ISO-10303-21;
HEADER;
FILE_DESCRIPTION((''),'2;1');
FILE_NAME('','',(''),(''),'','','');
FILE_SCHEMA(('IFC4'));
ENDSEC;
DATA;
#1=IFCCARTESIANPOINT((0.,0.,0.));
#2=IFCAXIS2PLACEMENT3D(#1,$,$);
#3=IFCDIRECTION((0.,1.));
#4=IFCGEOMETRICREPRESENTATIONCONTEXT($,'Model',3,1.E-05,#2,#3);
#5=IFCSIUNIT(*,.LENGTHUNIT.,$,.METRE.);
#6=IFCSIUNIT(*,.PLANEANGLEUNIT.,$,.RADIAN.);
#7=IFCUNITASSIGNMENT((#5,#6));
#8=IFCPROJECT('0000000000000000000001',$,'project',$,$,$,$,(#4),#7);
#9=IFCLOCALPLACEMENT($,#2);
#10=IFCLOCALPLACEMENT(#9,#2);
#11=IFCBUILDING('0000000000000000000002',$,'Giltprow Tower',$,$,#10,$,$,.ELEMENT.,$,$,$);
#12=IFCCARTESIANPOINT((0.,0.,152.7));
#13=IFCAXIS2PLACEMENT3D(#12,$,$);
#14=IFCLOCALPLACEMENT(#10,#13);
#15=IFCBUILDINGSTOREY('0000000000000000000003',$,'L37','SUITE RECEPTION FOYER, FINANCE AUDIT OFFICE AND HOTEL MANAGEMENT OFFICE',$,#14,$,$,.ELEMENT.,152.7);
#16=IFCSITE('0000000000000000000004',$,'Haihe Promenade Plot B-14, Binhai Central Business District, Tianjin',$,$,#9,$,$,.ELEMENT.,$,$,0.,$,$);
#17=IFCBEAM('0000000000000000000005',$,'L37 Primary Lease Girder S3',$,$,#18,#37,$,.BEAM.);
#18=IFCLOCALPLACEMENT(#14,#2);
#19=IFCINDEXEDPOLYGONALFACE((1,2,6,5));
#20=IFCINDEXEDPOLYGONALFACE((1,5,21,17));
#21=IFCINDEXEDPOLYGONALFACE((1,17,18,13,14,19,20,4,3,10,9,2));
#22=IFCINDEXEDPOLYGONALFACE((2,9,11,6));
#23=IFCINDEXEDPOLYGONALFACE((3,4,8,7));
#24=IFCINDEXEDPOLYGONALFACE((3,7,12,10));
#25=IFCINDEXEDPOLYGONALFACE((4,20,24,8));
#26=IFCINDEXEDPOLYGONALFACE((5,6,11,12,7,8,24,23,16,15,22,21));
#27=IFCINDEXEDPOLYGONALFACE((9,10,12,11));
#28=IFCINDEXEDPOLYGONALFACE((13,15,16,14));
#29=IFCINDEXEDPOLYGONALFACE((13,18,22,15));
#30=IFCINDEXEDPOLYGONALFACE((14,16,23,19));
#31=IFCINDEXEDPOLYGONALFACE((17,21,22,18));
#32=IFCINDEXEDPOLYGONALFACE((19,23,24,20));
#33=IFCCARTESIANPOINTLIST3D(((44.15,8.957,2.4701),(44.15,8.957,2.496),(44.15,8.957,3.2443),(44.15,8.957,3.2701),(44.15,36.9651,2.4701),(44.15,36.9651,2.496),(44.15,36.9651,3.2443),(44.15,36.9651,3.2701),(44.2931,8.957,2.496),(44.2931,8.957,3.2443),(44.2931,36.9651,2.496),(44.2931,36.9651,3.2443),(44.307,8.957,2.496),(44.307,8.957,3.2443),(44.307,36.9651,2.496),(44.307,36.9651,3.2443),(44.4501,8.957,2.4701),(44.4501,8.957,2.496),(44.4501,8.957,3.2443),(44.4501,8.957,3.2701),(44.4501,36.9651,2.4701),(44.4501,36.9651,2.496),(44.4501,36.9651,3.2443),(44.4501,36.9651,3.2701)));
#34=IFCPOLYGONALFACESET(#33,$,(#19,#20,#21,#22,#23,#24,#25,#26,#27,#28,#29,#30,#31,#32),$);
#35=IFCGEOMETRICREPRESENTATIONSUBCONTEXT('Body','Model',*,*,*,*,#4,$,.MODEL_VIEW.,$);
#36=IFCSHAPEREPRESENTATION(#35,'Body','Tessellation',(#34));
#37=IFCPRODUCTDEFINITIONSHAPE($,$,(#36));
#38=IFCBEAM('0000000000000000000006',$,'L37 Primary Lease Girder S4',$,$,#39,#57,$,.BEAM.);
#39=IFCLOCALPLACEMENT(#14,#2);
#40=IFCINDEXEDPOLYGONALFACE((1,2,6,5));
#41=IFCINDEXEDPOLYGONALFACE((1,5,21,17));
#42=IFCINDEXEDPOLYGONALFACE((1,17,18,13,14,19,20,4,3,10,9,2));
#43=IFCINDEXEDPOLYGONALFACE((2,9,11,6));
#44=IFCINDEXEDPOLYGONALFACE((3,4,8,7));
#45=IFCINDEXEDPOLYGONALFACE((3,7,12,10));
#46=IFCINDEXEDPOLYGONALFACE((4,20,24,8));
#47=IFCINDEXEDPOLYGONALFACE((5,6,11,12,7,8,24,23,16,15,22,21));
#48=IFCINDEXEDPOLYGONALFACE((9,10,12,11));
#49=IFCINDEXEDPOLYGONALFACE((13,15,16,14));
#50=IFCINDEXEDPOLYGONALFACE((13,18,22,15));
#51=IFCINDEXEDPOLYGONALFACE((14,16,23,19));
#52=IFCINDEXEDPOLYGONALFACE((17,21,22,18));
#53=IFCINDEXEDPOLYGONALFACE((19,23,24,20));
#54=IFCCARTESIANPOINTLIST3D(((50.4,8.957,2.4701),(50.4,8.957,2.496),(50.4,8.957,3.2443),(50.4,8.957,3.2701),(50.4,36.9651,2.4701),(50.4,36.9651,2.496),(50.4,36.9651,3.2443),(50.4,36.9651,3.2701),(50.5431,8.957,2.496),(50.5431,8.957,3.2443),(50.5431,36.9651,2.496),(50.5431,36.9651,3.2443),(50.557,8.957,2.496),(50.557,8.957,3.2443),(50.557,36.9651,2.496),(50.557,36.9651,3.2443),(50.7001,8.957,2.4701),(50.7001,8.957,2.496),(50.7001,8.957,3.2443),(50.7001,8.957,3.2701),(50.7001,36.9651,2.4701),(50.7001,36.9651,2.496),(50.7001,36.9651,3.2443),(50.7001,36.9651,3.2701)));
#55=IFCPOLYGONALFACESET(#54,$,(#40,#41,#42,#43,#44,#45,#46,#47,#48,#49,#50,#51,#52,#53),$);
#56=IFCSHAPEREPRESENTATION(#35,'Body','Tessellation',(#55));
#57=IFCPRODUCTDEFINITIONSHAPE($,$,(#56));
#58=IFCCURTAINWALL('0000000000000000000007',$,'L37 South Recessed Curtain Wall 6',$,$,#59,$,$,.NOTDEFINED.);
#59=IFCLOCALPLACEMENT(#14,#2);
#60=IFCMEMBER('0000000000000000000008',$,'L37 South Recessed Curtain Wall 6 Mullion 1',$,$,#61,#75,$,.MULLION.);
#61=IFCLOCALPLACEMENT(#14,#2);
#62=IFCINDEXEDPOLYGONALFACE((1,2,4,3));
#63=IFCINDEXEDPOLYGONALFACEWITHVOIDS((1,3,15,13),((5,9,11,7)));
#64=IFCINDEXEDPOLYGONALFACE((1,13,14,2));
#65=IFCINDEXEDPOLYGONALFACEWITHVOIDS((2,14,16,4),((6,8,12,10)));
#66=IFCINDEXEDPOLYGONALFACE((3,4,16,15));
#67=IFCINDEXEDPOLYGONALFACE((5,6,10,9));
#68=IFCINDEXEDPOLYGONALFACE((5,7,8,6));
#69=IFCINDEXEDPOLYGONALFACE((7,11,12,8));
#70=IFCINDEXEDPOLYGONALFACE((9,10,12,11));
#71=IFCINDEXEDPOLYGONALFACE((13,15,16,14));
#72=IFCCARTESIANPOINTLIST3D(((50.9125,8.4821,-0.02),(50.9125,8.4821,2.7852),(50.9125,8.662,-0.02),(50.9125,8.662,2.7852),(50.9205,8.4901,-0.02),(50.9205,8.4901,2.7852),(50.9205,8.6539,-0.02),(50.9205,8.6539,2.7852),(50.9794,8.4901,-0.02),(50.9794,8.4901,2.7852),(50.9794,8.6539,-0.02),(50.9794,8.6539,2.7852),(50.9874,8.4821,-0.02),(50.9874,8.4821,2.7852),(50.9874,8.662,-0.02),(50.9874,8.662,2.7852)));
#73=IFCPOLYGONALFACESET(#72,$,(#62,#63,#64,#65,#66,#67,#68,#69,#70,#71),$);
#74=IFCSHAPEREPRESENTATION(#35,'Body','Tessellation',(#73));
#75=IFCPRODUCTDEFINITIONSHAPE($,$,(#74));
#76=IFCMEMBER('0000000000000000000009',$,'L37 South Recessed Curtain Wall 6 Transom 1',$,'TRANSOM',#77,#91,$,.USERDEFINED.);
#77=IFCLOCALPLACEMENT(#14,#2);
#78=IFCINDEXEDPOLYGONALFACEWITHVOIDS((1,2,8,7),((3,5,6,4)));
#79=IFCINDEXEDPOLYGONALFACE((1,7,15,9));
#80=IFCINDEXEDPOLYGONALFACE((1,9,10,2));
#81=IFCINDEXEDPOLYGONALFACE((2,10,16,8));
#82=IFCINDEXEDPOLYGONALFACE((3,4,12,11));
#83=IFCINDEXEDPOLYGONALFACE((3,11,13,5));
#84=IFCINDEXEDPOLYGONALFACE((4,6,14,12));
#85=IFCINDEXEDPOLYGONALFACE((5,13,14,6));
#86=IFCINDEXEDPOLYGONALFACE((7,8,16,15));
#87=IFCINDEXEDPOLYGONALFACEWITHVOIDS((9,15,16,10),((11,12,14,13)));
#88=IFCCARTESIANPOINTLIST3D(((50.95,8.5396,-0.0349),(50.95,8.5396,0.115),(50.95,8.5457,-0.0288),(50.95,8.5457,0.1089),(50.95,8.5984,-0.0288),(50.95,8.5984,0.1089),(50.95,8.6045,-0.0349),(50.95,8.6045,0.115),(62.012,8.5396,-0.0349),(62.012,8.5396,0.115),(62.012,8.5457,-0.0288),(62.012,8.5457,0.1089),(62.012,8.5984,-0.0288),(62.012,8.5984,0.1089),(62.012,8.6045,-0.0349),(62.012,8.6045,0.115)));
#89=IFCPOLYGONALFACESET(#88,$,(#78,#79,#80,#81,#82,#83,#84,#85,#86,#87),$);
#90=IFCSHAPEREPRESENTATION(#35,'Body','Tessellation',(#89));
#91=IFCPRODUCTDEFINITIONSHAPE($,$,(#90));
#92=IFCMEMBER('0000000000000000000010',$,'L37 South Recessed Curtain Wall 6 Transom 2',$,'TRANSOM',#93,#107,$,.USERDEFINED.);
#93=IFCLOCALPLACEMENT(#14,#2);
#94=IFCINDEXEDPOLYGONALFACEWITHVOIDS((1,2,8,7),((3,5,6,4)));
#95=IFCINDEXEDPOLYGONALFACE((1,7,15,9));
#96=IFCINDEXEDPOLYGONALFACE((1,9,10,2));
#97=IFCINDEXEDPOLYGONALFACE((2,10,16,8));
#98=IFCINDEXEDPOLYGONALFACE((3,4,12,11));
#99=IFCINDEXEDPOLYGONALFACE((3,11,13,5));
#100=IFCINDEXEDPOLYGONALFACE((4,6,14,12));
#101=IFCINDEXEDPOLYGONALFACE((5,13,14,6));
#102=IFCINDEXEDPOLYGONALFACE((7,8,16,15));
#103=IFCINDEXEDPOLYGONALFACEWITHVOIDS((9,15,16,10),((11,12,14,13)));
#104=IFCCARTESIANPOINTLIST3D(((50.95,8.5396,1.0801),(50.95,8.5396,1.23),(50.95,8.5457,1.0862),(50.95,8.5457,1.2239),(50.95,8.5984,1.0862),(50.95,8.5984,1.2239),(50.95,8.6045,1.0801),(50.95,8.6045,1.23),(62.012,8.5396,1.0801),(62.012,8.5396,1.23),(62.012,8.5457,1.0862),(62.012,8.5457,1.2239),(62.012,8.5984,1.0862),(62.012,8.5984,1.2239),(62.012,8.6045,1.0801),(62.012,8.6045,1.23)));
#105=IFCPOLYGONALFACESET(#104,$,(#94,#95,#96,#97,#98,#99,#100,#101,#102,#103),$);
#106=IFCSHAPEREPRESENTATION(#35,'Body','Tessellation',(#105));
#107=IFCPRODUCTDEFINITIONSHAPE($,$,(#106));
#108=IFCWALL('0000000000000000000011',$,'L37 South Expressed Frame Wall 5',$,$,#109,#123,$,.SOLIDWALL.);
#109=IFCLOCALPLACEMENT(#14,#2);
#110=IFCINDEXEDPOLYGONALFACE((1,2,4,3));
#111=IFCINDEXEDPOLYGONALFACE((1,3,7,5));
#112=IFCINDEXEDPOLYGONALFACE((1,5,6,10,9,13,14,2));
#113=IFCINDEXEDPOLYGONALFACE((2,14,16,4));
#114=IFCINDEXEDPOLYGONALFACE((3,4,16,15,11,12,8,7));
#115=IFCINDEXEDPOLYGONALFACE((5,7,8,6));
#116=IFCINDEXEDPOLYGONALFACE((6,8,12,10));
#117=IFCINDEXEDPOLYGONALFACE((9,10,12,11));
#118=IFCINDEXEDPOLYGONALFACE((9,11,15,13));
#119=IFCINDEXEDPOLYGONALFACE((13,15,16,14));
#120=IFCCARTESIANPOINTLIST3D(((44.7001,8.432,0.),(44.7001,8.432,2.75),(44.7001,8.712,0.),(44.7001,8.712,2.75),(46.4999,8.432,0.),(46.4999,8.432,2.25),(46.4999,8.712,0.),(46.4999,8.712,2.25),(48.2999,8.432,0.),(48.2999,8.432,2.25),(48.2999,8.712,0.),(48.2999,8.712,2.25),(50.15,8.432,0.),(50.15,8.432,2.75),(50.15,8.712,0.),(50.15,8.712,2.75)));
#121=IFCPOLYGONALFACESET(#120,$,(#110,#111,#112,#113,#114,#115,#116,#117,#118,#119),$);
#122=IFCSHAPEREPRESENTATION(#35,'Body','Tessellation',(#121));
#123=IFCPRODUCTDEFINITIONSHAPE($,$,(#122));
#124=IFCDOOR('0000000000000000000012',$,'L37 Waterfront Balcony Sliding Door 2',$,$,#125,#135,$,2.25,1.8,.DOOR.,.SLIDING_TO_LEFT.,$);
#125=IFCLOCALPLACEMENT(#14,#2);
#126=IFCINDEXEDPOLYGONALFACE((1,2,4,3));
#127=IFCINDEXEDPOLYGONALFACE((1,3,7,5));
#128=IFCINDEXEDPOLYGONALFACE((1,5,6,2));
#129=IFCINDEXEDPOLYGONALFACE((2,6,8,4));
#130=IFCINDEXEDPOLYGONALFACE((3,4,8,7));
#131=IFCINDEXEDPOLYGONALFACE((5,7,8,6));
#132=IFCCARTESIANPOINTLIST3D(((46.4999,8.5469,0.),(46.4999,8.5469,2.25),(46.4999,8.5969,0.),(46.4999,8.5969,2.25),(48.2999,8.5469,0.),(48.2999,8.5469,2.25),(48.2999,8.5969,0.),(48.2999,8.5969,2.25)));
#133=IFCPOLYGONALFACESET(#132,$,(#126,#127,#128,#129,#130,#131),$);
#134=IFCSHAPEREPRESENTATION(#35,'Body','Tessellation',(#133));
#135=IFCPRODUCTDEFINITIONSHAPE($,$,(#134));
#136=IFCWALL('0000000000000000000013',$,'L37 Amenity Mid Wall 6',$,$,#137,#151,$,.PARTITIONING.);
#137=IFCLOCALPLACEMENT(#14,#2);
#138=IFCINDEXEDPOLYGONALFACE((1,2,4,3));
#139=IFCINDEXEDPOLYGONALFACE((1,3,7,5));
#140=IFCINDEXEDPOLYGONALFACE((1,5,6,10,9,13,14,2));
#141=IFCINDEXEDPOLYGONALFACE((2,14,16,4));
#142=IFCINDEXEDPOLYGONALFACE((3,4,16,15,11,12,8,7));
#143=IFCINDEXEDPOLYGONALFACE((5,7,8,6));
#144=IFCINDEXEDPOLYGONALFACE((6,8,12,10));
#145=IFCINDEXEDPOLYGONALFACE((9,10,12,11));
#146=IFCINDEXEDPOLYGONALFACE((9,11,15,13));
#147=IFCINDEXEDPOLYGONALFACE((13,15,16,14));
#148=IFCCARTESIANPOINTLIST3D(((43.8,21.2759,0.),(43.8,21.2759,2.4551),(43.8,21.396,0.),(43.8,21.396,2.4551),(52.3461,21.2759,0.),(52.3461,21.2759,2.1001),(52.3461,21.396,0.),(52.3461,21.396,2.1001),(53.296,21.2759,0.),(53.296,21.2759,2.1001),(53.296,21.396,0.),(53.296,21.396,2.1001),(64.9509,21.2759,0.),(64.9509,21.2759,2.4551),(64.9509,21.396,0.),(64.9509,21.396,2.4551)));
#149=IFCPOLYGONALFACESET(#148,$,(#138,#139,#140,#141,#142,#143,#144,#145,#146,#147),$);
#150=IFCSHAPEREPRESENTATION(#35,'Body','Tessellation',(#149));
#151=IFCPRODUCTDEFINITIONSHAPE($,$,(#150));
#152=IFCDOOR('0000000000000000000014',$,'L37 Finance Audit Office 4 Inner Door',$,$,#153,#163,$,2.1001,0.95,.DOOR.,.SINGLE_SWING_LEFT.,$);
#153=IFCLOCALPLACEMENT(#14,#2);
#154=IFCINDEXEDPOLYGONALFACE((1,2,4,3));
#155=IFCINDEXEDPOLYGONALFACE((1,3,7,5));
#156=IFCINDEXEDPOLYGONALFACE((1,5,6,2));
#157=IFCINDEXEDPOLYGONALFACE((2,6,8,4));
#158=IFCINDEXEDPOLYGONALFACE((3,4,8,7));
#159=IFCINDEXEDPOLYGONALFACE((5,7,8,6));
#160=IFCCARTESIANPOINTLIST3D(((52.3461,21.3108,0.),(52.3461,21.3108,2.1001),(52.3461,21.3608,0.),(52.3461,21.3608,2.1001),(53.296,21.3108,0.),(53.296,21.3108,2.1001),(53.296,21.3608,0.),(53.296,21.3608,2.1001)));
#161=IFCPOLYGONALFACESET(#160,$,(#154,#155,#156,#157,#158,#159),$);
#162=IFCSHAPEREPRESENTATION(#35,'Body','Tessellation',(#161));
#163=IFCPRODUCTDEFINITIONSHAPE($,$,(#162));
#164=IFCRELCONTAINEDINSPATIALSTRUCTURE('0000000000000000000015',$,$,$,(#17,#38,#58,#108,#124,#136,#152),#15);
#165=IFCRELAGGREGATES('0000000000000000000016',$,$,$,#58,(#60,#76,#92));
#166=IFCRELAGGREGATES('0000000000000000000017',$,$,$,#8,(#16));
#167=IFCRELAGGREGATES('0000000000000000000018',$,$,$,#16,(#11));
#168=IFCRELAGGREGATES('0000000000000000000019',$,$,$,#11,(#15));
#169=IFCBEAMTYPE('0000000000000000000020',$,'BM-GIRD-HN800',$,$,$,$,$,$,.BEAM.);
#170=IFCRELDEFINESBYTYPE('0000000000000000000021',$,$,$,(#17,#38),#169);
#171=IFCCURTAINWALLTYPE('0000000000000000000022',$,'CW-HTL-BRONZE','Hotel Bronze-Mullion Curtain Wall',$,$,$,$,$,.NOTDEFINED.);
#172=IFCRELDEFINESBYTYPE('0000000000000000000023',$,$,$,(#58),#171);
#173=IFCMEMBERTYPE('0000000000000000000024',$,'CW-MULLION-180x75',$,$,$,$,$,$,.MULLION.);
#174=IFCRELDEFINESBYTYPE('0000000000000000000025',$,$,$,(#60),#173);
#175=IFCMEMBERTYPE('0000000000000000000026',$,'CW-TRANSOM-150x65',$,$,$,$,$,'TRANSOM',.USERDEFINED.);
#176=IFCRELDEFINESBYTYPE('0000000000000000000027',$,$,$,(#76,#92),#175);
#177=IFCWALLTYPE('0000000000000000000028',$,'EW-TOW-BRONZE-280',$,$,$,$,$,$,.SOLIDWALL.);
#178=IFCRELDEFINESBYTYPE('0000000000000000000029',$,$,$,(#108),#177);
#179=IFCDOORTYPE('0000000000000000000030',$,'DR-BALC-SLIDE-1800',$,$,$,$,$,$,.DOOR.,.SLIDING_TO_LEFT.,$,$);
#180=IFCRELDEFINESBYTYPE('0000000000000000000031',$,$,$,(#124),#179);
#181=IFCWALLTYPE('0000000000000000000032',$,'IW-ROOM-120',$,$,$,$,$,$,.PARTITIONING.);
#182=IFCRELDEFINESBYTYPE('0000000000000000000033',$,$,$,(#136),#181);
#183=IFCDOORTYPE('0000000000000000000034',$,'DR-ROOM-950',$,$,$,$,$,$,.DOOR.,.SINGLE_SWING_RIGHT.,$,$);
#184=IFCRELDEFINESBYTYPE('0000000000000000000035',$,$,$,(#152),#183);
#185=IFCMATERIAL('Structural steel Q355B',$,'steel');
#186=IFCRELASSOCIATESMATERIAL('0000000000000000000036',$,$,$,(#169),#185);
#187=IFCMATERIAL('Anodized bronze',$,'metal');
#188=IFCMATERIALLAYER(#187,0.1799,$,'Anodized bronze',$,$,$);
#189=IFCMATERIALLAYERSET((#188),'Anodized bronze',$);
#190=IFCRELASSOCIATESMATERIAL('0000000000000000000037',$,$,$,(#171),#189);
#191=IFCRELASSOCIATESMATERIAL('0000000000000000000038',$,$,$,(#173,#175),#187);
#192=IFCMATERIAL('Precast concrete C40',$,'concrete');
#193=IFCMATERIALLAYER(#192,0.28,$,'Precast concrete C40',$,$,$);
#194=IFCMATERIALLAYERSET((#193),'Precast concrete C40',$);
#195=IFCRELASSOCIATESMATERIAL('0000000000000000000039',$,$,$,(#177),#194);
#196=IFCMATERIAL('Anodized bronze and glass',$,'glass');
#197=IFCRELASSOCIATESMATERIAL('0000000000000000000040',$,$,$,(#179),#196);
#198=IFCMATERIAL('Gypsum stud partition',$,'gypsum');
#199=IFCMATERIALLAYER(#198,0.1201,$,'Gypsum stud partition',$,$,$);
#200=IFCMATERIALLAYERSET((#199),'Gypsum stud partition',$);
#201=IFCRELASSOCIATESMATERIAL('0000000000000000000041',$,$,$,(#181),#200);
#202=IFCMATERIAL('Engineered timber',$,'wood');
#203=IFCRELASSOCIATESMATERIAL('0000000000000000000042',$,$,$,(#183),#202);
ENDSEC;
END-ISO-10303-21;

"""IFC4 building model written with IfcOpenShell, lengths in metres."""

from ifc_helpers import new_model, si_unit, direction, frame, frame_2d, origin, origin_2d, place, context, subcontext, project, spatial, rectangle, hollow_rectangle, i_section, extrude, source, transform, mapped, material, layer, layer_set, material_profile, profile_set, type_object, element, fill, aggregate, save


model = new_model("IFC4")

# Units and contexts
model_context = context("Model", 3, precision=1e-05, world=origin(), true_north=direction((0.0, 1.0)))
body_context = subcontext(model_context, "Body", "Model", "MODEL_VIEW")
ifc_project = project(units=[si_unit("LENGTHUNIT", "METRE"), si_unit("PLANEANGLEUNIT", "RADIAN")], contexts=[model_context])

# Site, building, storey
site_placement = place(None, origin())
site = spatial("IfcSite", under=ifc_project, at=site_placement, Name="Haihe Promenade Plot B-14, Binhai Central Business District, Tianjin", CompositionType="ELEMENT", RefElevation=0.0)
building_placement = place(site_placement, origin())
building = spatial("IfcBuilding", under=site, at=building_placement, Name="Giltprow Tower", CompositionType="ELEMENT")
storey_placement = place(building_placement, frame((0.0, 0.0, 152.7)))
storey = spatial("IfcBuildingStorey", under=building, at=storey_placement, Name="L37", Description="SUITE RECEPTION FOYER, FINANCE AUDIT OFFICE AND HOTEL MANAGEMENT OFFICE", CompositionType="ELEMENT", Elevation=152.7)

# Beams
ifc_material_1 = material(Name="Structural steel Q355B", Category="steel")
ifc_material_profile_1 = material_profile(ifc_material_1, i_section(OverallWidth=0.3, OverallDepth=0.8, WebThickness=0.0139, FlangeThickness=0.0259, at=origin_2d()), Name="HN 800x300x14x26")
ifc_profile_set_1 = profile_set([ifc_material_profile_1], Name="Structural steel Q355B")
beam_type_1 = type_object("IfcBeamType", Name="BM-GIRD-HN800", PredefinedType="BEAM", material=ifc_profile_set_1)
shared_shape_1 = source(origin(), body_context, "Body", "SweptSolid", [
    extrude(i_section(OverallWidth=0.3, OverallDepth=0.8, WebThickness=0.0139, FlangeThickness=0.0259, at=origin_2d()), origin(), (0.0, 0.0, 1.0), 28.0081),
])
for number, where, z_axis, x_axis, name in (
    (1, (44.3, 8.957, 2.8701), (0.0, 1.0, 0.0), (-1.0, 0.0, 0.0), "L37 Primary Lease Girder S3"),
    (2, (50.55, 8.957, 2.8701), (0.0, 1.0, 0.0), (-1.0, 0.0, 0.0), "L37 Primary Lease Girder S4"),
):
    element("IfcBeam", number, at=place(storey_placement, frame(where, z_axis=z_axis, x_axis=x_axis)), inside=storey, type_object=beam_type_1, Name=name, PredefinedType="BEAM", context=body_context, shape_type="MappedRepresentation", body=[
        mapped(shared_shape_1, transform((0.0, 0.0, 0.0), x_axis=(1.0, 0.0, 0.0), y_axis=(0.0, 1.0, 0.0), z_axis=(0.0, 0.0, 1.0), scale=1.0)),
    ])

# Curtain wall, members
ifc_material_2 = material(Name="Anodized bronze", Category="metal")
ifc_layer_1 = layer(ifc_material_2, 0.1799, Name="Anodized bronze")
ifc_layer_set_1 = layer_set([ifc_layer_1], Name="Anodized bronze")
curtain_wall_type = type_object("IfcCurtainWallType", Name="CW-HTL-BRONZE", Description="Hotel Bronze-Mullion Curtain Wall", PredefinedType="NOTDEFINED", material=ifc_layer_set_1)
curtain_wall_placement = place(storey_placement, origin())
curtain_wall = element("IfcCurtainWall", 3, at=curtain_wall_placement, inside=storey, type_object=curtain_wall_type, Name="L37 South Recessed Curtain Wall 6", PredefinedType="NOTDEFINED")
ifc_material_profile_2 = material_profile(ifc_material_2, hollow_rectangle(XDim=0.075, YDim=0.1799, WallThickness=0.0081, at=origin_2d()), Name="RHS 180x75x8")
ifc_profile_set_2 = profile_set([ifc_material_profile_2], Name="Anodized bronze")
member_type_1 = type_object("IfcMemberType", Name="CW-MULLION-180x75", PredefinedType="MULLION", material=ifc_profile_set_2)
shared_shape_2 = source(origin(), body_context, "Body", "SweptSolid", [
    extrude(hollow_rectangle(XDim=0.075, YDim=0.1799, WallThickness=0.0081, at=origin_2d()), origin(), (0.0, 0.0, 1.0), 2.8052),
])
member_1_placement = place(storey_placement, frame((50.95, 8.572, -0.02), z_axis=(0.0, 0.0, 1.0), x_axis=(1.0, 0.0, 0.0)))
member_1 = element("IfcMember", 4, at=member_1_placement, type_object=member_type_1, Name="L37 South Recessed Curtain Wall 6 Mullion 1", PredefinedType="MULLION", context=body_context, shape_type="MappedRepresentation", body=[
    mapped(shared_shape_2, transform((0.0, 0.0, 0.0), x_axis=(1.0, 0.0, 0.0), y_axis=(0.0, 1.0, 0.0), z_axis=(0.0, 0.0, 1.0), scale=1.0)),
])
ifc_material_profile_3 = material_profile(ifc_material_2, hollow_rectangle(XDim=0.0649, YDim=0.1499, WallThickness=0.0061, at=origin_2d()), Name="RHS 150x65x6")
ifc_profile_set_3 = profile_set([ifc_material_profile_3], Name="Anodized bronze")
member_type_2 = type_object("IfcMemberType", Name="CW-TRANSOM-150x65", ElementType="TRANSOM", PredefinedType="USERDEFINED", material=ifc_profile_set_3)
shared_shape_3 = source(origin(), body_context, "Body", "SweptSolid", [
    extrude(hollow_rectangle(XDim=0.0649, YDim=0.1499, WallThickness=0.0061, at=origin_2d()), origin(), (0.0, 0.0, 1.0), 11.062),
])
member_2_placement = place(storey_placement, frame((50.95, 8.572, 0.04), z_axis=(1.0, 0.0, 0.0), x_axis=(0.0, 1.0, 0.0)))
member_2 = element("IfcMember", 5, at=member_2_placement, type_object=member_type_2, Name="L37 South Recessed Curtain Wall 6 Transom 1", ObjectType="TRANSOM", PredefinedType="USERDEFINED", context=body_context, shape_type="MappedRepresentation", body=[
    mapped(shared_shape_3, transform((0.0, 0.0, 0.0), x_axis=(1.0, 0.0, 0.0), y_axis=(0.0, 1.0, 0.0), z_axis=(0.0, 0.0, 1.0), scale=1.0)),
])
member_3_placement = place(storey_placement, frame((50.95, 8.572, 1.155), z_axis=(1.0, 0.0, 0.0), x_axis=(0.0, 1.0, 0.0)))
member_3 = element("IfcMember", 6, at=member_3_placement, type_object=member_type_2, Name="L37 South Recessed Curtain Wall 6 Transom 2", ObjectType="TRANSOM", PredefinedType="USERDEFINED", context=body_context, shape_type="MappedRepresentation", body=[
    mapped(shared_shape_3, transform((0.0, 0.0, 0.0), x_axis=(1.0, 0.0, 0.0), y_axis=(0.0, 1.0, 0.0), z_axis=(0.0, 0.0, 1.0), scale=1.0)),
])
aggregate(curtain_wall, [member_1, member_2, member_3])

# Walls, openings, doors
ifc_material_3 = material(Name="Precast concrete C40", Category="concrete")
ifc_layer_2 = layer(ifc_material_3, 0.28, Name="Precast concrete C40")
ifc_layer_set_2 = layer_set([ifc_layer_2], Name="Precast concrete C40")
wall_type_1 = type_object("IfcWallType", Name="EW-TOW-BRONZE-280", PredefinedType="SOLIDWALL", material=ifc_layer_set_2)
wall_1_placement = place(storey_placement, frame((44.7, 8.572, 0.0), z_axis=(0.0, 0.0, 1.0), x_axis=(1.0, 0.0, 0.0)))
wall_1 = element("IfcWall", 7, at=wall_1_placement, inside=storey, type_object=wall_type_1, Name="L37 South Expressed Frame Wall 5", PredefinedType="SOLIDWALL", context=body_context, shape_type="SweptSolid", body=[
    extrude(rectangle(XDim=5.45, YDim=0.28, at=frame_2d((2.7251, 0.0))), origin(), (0.0, 0.0, 1.0), 2.75),
])
opening_1_placement = place(wall_1_placement, frame((1.8, 0.0, 0.0)))
opening_1 = element("IfcOpeningElement", 8, at=opening_1_placement, cuts=wall_1, PredefinedType="OPENING", context=body_context, shape_type="SweptSolid", body=[
    extrude(rectangle(XDim=1.8, YDim=2.25, at=frame_2d((0.8999, 1.125))), frame((0.0, 0.1499, 0.0), z_axis=(0.0, -1.0, 0.0), x_axis=(1.0, 0.0, 0.0)), (0.0, 0.0, 1.0), 0.3),
])
ifc_material_4 = material(Name="Anodized bronze and glass", Category="glass")
door_type_1 = type_object("IfcDoorType", Name="DR-BALC-SLIDE-1800", OperationType="SLIDING_TO_LEFT", PredefinedType="DOOR", material=ifc_material_4)
shared_shape_4 = source(origin(), body_context, "Body", "SweptSolid", [
    extrude(rectangle(XDim=1.8, YDim=2.25, at=frame_2d((0.8999, 1.125))), frame((0.0, 0.0249, 0.0), z_axis=(0.0, -1.0, 0.0), x_axis=(1.0, 0.0, 0.0)), (0.0, 0.0, 1.0), 0.05),
])
door_1_placement = place(opening_1_placement, origin())
door_1 = element("IfcDoor", 9, at=door_1_placement, inside=storey, type_object=door_type_1, Name="L37 Waterfront Balcony Sliding Door 2", OperationType="SLIDING_TO_LEFT", OverallHeight=2.25, OverallWidth=1.8, PredefinedType="DOOR", context=body_context, shape_type="MappedRepresentation", body=[
    mapped(shared_shape_4, transform((0.0, 0.0, 0.0), x_axis=(1.0, 0.0, 0.0), y_axis=(0.0, 1.0, 0.0), z_axis=(0.0, 0.0, 1.0), scale=1.0)),
])
fill(opening_1, door_1)
ifc_material_5 = material(Name="Gypsum stud partition", Category="gypsum")
ifc_layer_3 = layer(ifc_material_5, 0.1201, Name="Gypsum stud partition")
ifc_layer_set_3 = layer_set([ifc_layer_3], Name="Gypsum stud partition")
wall_type_2 = type_object("IfcWallType", Name="IW-ROOM-120", PredefinedType="PARTITIONING", material=ifc_layer_set_3)
wall_2_placement = place(storey_placement, frame((43.8, 21.3359, 0.0), z_axis=(0.0, 0.0, 1.0), x_axis=(1.0, 0.0, 0.0)))
wall_2 = element("IfcWall", 10, at=wall_2_placement, inside=storey, type_object=wall_type_2, Name="L37 Amenity Mid Wall 6", PredefinedType="PARTITIONING", context=body_context, shape_type="SweptSolid", body=[
    extrude(rectangle(XDim=21.1509, YDim=0.1201, at=frame_2d((10.5754, 0.0))), origin(), (0.0, 0.0, 1.0), 2.4551),
])
opening_2_placement = place(wall_2_placement, frame((8.5459, 0.0, 0.0)))
opening_2 = element("IfcOpeningElement", 11, at=opening_2_placement, cuts=wall_2, PredefinedType="OPENING", context=body_context, shape_type="SweptSolid", body=[
    extrude(rectangle(XDim=0.95, YDim=2.1001, at=frame_2d((0.4751, 1.05))), frame((0.0, 0.0701, 0.0), z_axis=(0.0, -1.0, 0.0), x_axis=(1.0, 0.0, 0.0)), (0.0, 0.0, 1.0), 0.1401),
])
ifc_material_6 = material(Name="Engineered timber", Category="wood")
door_type_2 = type_object("IfcDoorType", Name="DR-ROOM-950", OperationType="SINGLE_SWING_RIGHT", PredefinedType="DOOR", material=ifc_material_6)
shared_shape_5 = source(origin(), body_context, "Body", "SweptSolid", [
    extrude(rectangle(XDim=0.95, YDim=2.1001, at=frame_2d((0.4751, 1.05))), frame((0.0, 0.0249, 0.0), z_axis=(0.0, -1.0, 0.0), x_axis=(1.0, 0.0, 0.0)), (0.0, 0.0, 1.0), 0.05),
])
door_2_placement = place(opening_2_placement, origin())
door_2 = element("IfcDoor", 12, at=door_2_placement, inside=storey, type_object=door_type_2, Name="L37 Finance Audit Office 4 Inner Door", OperationType="SINGLE_SWING_LEFT", OverallHeight=2.1001, OverallWidth=0.95, PredefinedType="DOOR", context=body_context, shape_type="MappedRepresentation", body=[
    mapped(shared_shape_5, transform((0.0, 0.0, 0.0), x_axis=(1.0, 0.0, 0.0), y_axis=(0.0, 1.0, 0.0), z_axis=(0.0, 0.0, 1.0), scale=1.0)),
])
fill(opening_2, door_2)

save(model, "model.ifc")
